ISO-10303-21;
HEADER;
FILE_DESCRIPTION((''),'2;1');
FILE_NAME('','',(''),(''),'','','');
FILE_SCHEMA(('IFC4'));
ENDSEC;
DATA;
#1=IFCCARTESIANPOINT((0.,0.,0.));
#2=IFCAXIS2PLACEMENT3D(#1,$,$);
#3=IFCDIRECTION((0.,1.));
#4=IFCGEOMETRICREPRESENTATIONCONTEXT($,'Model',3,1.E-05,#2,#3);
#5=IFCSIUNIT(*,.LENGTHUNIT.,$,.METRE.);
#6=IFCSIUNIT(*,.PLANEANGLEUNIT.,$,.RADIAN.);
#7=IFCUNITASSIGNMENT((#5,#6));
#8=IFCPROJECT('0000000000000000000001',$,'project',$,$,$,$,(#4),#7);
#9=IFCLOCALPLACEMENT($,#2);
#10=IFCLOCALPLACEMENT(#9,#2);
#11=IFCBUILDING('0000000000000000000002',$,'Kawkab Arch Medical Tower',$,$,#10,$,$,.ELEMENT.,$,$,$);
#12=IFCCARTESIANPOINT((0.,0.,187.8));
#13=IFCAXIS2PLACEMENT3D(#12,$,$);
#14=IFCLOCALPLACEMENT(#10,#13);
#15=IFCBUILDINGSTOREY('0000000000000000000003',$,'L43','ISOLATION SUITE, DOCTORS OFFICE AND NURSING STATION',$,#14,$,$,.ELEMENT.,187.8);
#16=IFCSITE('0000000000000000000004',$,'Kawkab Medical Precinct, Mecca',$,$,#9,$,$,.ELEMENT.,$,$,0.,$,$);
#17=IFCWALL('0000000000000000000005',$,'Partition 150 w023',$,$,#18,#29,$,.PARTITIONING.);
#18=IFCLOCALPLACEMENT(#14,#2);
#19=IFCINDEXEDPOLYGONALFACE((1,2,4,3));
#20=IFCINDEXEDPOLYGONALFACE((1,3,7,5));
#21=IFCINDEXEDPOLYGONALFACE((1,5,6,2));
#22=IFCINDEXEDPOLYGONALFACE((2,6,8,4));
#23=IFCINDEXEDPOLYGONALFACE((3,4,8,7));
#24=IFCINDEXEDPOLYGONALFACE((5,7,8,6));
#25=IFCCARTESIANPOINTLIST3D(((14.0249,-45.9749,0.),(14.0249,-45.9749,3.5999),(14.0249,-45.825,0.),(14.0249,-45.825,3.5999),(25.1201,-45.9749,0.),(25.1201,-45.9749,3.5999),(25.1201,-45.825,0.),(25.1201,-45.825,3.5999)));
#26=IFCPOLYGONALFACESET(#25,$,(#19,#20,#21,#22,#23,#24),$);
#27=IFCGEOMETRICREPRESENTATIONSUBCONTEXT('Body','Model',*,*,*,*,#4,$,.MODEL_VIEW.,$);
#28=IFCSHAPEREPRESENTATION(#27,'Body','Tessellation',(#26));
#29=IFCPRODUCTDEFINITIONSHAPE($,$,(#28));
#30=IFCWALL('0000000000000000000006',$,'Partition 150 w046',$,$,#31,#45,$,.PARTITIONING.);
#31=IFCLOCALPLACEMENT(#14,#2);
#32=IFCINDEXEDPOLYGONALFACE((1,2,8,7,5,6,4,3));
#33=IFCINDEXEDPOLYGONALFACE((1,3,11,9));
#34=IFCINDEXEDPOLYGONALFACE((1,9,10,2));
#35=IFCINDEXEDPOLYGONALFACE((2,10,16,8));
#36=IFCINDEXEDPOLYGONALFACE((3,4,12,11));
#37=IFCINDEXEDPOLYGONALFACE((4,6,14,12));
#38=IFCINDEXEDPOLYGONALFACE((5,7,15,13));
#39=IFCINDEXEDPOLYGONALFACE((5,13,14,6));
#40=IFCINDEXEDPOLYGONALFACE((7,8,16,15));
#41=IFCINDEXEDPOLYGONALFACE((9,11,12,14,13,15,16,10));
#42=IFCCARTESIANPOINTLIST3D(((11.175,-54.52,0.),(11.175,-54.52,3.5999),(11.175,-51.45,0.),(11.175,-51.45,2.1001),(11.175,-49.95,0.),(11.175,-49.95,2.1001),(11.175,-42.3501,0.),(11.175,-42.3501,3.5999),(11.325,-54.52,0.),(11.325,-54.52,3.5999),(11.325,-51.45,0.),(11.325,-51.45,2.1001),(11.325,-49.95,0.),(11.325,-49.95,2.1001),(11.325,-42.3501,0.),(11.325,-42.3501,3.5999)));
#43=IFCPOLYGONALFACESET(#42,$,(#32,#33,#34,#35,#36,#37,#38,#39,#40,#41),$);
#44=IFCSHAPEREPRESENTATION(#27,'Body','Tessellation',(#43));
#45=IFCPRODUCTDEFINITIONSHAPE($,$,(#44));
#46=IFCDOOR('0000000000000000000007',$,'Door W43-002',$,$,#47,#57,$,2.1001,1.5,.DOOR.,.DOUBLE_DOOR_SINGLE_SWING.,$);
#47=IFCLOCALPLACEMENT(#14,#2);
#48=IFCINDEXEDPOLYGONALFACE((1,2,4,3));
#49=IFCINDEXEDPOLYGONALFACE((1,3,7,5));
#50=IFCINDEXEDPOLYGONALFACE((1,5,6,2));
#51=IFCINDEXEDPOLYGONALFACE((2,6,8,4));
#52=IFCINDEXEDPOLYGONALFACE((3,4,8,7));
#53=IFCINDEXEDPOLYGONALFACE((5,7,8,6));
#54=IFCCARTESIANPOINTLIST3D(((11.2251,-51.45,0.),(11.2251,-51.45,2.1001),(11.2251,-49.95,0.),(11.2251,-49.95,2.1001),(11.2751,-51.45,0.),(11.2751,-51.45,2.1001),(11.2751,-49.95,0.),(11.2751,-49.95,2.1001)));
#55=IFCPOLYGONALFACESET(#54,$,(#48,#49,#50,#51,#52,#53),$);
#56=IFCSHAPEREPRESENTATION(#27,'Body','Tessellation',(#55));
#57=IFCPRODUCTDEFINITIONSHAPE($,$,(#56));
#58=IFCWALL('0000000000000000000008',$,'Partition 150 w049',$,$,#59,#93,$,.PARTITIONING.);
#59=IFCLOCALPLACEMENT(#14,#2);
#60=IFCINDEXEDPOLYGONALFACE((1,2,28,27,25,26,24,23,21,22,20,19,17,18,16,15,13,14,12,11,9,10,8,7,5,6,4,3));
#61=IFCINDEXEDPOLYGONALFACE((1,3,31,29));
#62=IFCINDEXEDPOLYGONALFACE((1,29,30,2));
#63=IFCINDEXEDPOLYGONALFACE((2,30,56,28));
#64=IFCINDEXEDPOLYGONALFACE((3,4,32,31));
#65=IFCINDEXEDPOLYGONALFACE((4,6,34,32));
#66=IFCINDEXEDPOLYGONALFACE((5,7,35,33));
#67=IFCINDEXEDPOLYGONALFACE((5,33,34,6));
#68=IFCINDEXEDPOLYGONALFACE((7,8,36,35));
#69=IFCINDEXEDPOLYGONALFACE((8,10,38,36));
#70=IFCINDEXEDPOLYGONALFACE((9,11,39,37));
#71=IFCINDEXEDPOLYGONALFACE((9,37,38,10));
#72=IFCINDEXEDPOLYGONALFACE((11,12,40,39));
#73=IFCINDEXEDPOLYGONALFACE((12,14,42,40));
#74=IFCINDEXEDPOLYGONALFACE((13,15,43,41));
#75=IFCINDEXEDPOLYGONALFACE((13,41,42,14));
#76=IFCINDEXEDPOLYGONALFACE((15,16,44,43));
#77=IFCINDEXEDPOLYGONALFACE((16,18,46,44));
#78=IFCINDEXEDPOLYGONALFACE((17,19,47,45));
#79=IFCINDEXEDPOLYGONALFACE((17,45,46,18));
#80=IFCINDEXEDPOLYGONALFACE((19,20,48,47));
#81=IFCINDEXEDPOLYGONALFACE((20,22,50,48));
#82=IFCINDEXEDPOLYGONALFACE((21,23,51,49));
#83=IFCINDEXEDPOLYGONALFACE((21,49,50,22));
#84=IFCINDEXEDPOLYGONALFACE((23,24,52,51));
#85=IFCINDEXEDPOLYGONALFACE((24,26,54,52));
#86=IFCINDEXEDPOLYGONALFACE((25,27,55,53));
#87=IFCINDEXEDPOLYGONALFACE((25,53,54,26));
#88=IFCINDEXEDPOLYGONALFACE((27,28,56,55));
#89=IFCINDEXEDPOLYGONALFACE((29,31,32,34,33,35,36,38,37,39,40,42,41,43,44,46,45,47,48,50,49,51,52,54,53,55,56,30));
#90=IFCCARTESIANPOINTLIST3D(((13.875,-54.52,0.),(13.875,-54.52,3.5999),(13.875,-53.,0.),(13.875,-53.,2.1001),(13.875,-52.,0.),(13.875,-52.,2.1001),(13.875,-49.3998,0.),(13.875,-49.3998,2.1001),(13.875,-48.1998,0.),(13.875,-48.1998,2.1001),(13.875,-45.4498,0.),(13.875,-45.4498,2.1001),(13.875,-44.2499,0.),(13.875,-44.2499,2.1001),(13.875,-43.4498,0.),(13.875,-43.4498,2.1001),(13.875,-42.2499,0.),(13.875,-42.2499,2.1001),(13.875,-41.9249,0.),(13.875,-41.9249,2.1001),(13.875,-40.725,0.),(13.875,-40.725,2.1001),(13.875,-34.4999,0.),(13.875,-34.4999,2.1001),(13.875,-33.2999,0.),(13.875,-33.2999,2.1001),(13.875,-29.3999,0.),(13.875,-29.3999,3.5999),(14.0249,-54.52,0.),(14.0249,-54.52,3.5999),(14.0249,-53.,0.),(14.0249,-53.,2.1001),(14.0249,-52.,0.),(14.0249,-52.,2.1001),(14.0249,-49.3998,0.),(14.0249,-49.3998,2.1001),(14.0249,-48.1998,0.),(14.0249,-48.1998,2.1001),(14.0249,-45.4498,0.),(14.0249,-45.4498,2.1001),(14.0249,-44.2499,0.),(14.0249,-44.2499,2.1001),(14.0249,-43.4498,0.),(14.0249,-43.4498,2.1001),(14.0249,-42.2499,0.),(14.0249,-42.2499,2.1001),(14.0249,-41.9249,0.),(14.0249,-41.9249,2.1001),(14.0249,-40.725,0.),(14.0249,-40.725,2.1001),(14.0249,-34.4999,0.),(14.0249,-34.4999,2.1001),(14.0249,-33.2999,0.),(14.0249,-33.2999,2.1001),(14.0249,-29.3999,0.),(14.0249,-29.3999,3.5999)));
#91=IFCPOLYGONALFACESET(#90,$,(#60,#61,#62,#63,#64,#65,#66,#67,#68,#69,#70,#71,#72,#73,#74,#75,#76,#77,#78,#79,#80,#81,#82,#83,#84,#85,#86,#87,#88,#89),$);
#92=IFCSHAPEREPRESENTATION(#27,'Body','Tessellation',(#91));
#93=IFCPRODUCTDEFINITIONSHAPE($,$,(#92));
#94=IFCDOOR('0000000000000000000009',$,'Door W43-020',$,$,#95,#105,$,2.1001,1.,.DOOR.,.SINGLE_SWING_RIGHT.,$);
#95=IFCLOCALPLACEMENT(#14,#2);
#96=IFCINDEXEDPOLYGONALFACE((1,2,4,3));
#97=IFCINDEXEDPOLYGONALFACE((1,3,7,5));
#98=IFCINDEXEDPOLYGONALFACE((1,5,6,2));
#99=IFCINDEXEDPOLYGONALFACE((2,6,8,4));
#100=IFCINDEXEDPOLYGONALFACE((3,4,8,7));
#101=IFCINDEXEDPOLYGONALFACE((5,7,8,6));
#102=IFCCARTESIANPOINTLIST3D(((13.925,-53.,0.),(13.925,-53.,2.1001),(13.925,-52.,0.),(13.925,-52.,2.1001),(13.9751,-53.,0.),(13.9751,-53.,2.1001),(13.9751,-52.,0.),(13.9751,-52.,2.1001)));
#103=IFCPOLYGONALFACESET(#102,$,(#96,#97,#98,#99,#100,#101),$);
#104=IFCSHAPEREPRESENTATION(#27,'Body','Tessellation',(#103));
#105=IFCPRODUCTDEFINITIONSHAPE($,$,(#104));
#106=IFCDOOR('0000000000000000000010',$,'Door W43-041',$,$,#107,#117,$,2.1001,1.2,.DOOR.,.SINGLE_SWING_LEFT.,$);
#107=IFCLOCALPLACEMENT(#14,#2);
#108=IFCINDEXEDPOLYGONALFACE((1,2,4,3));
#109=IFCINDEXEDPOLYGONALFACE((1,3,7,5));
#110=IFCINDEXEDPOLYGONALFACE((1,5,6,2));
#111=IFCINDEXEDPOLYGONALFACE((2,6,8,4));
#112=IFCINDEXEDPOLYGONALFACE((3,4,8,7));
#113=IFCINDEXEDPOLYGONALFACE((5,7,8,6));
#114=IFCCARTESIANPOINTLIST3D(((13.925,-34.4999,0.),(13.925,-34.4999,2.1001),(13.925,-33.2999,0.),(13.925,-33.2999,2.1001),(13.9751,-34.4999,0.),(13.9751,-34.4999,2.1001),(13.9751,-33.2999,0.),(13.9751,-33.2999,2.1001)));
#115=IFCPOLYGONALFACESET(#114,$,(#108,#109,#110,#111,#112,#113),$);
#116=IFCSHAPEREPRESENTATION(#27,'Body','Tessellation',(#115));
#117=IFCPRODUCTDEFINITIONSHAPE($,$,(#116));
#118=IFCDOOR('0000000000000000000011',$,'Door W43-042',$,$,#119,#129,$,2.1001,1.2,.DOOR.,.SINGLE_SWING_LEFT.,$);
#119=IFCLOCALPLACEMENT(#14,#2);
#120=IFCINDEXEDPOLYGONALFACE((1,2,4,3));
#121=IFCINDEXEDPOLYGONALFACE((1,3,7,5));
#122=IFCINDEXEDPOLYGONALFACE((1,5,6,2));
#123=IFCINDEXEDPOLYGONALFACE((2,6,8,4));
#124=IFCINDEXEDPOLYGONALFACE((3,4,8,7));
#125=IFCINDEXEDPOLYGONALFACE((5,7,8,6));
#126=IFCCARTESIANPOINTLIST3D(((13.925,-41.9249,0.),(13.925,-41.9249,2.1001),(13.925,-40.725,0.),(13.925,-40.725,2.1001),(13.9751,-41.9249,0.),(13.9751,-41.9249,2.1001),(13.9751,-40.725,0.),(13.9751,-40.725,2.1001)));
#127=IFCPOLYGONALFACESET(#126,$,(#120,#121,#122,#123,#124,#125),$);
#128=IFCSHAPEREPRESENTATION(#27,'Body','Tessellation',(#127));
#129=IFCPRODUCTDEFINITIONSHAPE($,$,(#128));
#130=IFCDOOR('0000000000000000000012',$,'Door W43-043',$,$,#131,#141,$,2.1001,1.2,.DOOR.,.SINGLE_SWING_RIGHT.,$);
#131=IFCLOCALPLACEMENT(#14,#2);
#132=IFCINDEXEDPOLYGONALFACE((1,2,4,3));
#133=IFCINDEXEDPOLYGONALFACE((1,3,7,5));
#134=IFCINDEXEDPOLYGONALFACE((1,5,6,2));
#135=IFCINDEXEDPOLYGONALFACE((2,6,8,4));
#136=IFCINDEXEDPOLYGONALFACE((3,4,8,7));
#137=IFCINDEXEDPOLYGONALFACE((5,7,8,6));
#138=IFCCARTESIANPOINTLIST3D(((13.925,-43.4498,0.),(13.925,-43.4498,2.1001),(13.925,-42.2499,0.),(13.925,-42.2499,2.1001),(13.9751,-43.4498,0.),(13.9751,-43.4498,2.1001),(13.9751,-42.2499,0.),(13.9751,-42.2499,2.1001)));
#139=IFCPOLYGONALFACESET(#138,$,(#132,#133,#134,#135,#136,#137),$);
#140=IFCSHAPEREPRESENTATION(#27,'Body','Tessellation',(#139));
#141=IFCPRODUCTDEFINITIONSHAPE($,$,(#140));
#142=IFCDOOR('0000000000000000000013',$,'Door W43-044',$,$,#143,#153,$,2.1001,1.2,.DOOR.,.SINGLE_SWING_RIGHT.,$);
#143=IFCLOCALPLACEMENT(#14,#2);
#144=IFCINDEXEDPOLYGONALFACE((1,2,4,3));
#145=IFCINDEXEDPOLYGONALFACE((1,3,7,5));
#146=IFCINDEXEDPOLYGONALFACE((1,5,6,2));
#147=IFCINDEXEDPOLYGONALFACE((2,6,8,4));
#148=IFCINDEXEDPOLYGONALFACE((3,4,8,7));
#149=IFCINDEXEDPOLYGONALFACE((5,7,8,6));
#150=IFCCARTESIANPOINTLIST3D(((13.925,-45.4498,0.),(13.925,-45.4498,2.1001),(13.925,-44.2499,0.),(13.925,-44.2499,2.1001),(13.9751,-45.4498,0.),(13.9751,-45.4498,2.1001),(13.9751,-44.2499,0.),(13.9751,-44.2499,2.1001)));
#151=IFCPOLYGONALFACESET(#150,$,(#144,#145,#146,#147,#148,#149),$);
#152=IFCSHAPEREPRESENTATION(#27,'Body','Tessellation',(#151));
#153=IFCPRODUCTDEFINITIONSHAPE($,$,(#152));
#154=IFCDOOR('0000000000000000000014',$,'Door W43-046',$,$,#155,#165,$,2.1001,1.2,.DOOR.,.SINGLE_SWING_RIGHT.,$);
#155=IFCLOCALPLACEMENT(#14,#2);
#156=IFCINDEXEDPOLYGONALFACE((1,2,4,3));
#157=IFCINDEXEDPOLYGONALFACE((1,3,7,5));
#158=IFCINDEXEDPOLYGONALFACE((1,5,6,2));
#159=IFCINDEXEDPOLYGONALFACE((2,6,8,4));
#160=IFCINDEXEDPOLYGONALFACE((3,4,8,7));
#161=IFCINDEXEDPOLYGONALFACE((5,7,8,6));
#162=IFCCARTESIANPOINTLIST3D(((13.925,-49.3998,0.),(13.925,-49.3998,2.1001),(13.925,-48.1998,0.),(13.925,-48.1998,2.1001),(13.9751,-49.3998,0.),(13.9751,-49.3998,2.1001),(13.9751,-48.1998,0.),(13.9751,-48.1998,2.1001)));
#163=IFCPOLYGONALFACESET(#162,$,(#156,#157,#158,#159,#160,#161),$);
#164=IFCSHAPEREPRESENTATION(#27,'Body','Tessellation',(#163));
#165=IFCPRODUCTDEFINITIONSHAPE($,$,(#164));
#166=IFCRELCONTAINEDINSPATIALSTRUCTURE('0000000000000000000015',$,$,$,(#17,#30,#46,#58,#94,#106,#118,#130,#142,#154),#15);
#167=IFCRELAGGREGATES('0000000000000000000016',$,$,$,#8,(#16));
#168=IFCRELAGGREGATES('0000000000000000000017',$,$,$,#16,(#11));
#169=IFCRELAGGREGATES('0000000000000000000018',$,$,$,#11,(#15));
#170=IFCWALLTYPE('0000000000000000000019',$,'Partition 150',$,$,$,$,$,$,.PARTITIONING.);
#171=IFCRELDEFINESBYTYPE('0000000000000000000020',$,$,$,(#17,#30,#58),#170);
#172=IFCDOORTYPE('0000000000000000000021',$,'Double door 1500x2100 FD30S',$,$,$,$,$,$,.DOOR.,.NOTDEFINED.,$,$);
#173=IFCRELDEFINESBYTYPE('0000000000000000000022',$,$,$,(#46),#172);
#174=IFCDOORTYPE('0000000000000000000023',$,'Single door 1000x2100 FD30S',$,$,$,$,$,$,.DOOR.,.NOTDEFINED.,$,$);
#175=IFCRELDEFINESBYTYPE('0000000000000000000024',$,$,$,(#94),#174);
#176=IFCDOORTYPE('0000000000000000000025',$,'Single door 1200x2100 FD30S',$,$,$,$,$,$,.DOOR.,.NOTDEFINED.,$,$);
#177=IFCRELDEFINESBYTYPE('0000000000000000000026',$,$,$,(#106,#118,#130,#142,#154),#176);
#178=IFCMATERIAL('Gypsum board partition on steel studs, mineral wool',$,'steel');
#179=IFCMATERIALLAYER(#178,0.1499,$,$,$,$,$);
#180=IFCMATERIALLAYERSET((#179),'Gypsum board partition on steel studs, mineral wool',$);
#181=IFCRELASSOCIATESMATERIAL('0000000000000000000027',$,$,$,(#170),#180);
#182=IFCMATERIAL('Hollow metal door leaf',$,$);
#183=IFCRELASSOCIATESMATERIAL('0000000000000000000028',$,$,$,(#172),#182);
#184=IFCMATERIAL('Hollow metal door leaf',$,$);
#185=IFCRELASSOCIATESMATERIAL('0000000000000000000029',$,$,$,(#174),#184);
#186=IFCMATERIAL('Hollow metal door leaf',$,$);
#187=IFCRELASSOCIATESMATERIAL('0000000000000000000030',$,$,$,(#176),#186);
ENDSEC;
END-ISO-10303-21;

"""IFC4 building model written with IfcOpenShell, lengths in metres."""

from ifc_helpers import new_model, si_unit, direction, frame, frame_2d, origin, place, context, subcontext, project, spatial, rectangle, extrude, material, layer, layer_set, type_object, element, fill, save


model = new_model("IFC4")

# Units and contexts
model_context = context("Model", 3, precision=1e-05, world=origin(), true_north=direction((0.0, 1.0)))
body_context = subcontext(model_context, "Body", "Model", "MODEL_VIEW")
ifc_project = project(units=[si_unit("LENGTHUNIT", "METRE"), si_unit("PLANEANGLEUNIT", "RADIAN")], contexts=[model_context])

# Site, building, storey
site_placement = place(None, origin())
site = spatial("IfcSite", under=ifc_project, at=site_placement, Name="Kawkab Medical Precinct, Mecca", CompositionType="ELEMENT", RefElevation=0.0)
building_placement = place(site_placement, origin())
building = spatial("IfcBuilding", under=site, at=building_placement, Name="Kawkab Arch Medical Tower", CompositionType="ELEMENT")
storey_placement = place(building_placement, frame((0.0, 0.0, 187.8)))
storey = spatial("IfcBuildingStorey", under=building, at=storey_placement, Name="L43", Description="ISOLATION SUITE, DOCTORS OFFICE AND NURSING STATION", CompositionType="ELEMENT", Elevation=187.8)

# Wall
ifc_material_1 = material(Name="Gypsum board partition on steel studs, mineral wool", Category="steel")
ifc_layer_1 = layer(ifc_material_1, 0.1499)
ifc_layer_set_1 = layer_set([ifc_layer_1], Name="Gypsum board partition on steel studs, mineral wool")
wall_type_1 = type_object("IfcWallType", Name="Partition 150", PredefinedType="PARTITIONING", material=ifc_layer_set_1)
wall_1_placement = place(storey_placement, frame((14.0249, -45.8999, 0.0), z_axis=(0.0, 0.0, 1.0), x_axis=(1.0, 0.0, 0.0)))
element("IfcWall", 1, at=wall_1_placement, inside=storey, type_object=wall_type_1, Name="Partition 150 w023", PredefinedType="PARTITIONING", context=body_context, shape_type="SweptSolid", body=[
    extrude(rectangle(XDim=11.0952, YDim=0.1499, at=frame_2d((5.5476, 0.0))), origin(), (0.0, 0.0, 1.0), 3.5999),
])

# Wall, opening, door
wall_2_placement = place(storey_placement, frame((11.25, -54.52, 0.0), z_axis=(0.0, 0.0, 1.0), x_axis=(0.0, 1.0, 0.0)))
wall_2 = element("IfcWall", 2, at=wall_2_placement, inside=storey, type_object=wall_type_1, Name="Partition 150 w046", PredefinedType="PARTITIONING", context=body_context, shape_type="SweptSolid", body=[
    extrude(rectangle(XDim=12.1699, YDim=0.1499, at=frame_2d((6.085, 0.0))), origin(), (0.0, 0.0, 1.0), 3.5999),
])
opening_1_placement = place(wall_2_placement, frame((3.0701, 0.0, 0.0)))
opening_1 = element("IfcOpeningElement", 3, at=opening_1_placement, cuts=wall_2, PredefinedType="OPENING", context=body_context, shape_type="SweptSolid", body=[
    extrude(rectangle(XDim=1.5, YDim=2.1001, at=frame_2d((0.75, 1.05))), frame((0.0, 0.085, 0.0), z_axis=(0.0, -1.0, 0.0), x_axis=(1.0, 0.0, 0.0)), (0.0, 0.0, 1.0), 0.1699),
])
ifc_material_2 = material(Name="Hollow metal door leaf")
door_type_1 = type_object("IfcDoorType", Name="Double door 1500x2100 FD30S", OperationType="NOTDEFINED", PredefinedType="DOOR", material=ifc_material_2)
door_1_placement = place(opening_1_placement, origin())
door_1 = element("IfcDoor", 4, at=door_1_placement, inside=storey, type_object=door_type_1, Name="Door W43-002", OperationType="DOUBLE_DOOR_SINGLE_SWING", OverallHeight=2.1001, OverallWidth=1.5, PredefinedType="DOOR", context=body_context, shape_type="SweptSolid", body=[
    extrude(rectangle(XDim=1.5, YDim=2.1001, at=frame_2d((0.75, 1.05))), frame((0.0, 0.0249, 0.0), z_axis=(0.0, -1.0, 0.0), x_axis=(1.0, 0.0, 0.0)), (0.0, 0.0, 1.0), 0.05),
])
fill(opening_1, door_1)

# Wall, openings, doors
wall_3_placement = place(storey_placement, frame((13.95, -54.52, 0.0), z_axis=(0.0, 0.0, 1.0), x_axis=(0.0, 1.0, 0.0)))
wall_3 = element("IfcWall", 5, at=wall_3_placement, inside=storey, type_object=wall_type_1, Name="Partition 150 w049", PredefinedType="PARTITIONING", context=body_context, shape_type="SweptSolid", body=[
    extrude(rectangle(XDim=25.1201, YDim=0.1499, at=frame_2d((12.5601, 0.0))), origin(), (0.0, 0.0, 1.0), 3.5999),
])
opening_2_placement = place(wall_3_placement, frame((20.02, 0.0, 0.0)))
opening_2 = element("IfcOpeningElement", 6, at=opening_2_placement, cuts=wall_3, PredefinedType="OPENING", context=body_context, shape_type="SweptSolid", body=[
    extrude(rectangle(XDim=1.2, YDim=2.1001, at=frame_2d((0.6001, 1.05))), frame((0.0, 0.085, 0.0), z_axis=(0.0, -1.0, 0.0), x_axis=(1.0, 0.0, 0.0)), (0.0, 0.0, 1.0), 0.1699),
])
opening_3_placement = place(wall_3_placement, frame((12.595, 0.0, 0.0)))
opening_3 = element("IfcOpeningElement", 7, at=opening_3_placement, cuts=wall_3, PredefinedType="OPENING", context=body_context, shape_type="SweptSolid", body=[
    extrude(rectangle(XDim=1.2, YDim=2.1001, at=frame_2d((0.6001, 1.05))), frame((0.0, 0.085, 0.0), z_axis=(0.0, -1.0, 0.0), x_axis=(1.0, 0.0, 0.0)), (0.0, 0.0, 1.0), 0.1699),
])
opening_4_placement = place(wall_3_placement, frame((11.0701, 0.0, 0.0)))
opening_4 = element("IfcOpeningElement", 8, at=opening_4_placement, cuts=wall_3, PredefinedType="OPENING", context=body_context, shape_type="SweptSolid", body=[
    extrude(rectangle(XDim=1.2, YDim=2.1001, at=frame_2d((0.6001, 1.05))), frame((0.0, 0.085, 0.0), z_axis=(0.0, -1.0, 0.0), x_axis=(1.0, 0.0, 0.0)), (0.0, 0.0, 1.0), 0.1699),
])
opening_5_placement = place(wall_3_placement, frame((9.0701, 0.0, 0.0)))
opening_5 = element("IfcOpeningElement", 9, at=opening_5_placement, cuts=wall_3, PredefinedType="OPENING", context=body_context, shape_type="SweptSolid", body=[
    extrude(rectangle(XDim=1.2, YDim=2.1001, at=frame_2d((0.6001, 1.05))), frame((0.0, 0.085, 0.0), z_axis=(0.0, -1.0, 0.0), x_axis=(1.0, 0.0, 0.0)), (0.0, 0.0, 1.0), 0.1699),
])
opening_6_placement = place(wall_3_placement, frame((5.1201, 0.0, 0.0)))
opening_6 = element("IfcOpeningElement", 10, at=opening_6_placement, cuts=wall_3, PredefinedType="OPENING", context=body_context, shape_type="SweptSolid", body=[
    extrude(rectangle(XDim=1.2, YDim=2.1001, at=frame_2d((0.6001, 1.05))), frame((0.0, 0.085, 0.0), z_axis=(0.0, -1.0, 0.0), x_axis=(1.0, 0.0, 0.0)), (0.0, 0.0, 1.0), 0.1699),
])
opening_7_placement = place(wall_3_placement, frame((1.52, 0.0, 0.0)))
opening_7 = element("IfcOpeningElement", 11, at=opening_7_placement, cuts=wall_3, PredefinedType="OPENING", context=body_context, shape_type="SweptSolid", body=[
    extrude(rectangle(XDim=1.0, YDim=2.1001, at=frame_2d((0.5, 1.05))), frame((0.0, 0.085, 0.0), z_axis=(0.0, -1.0, 0.0), x_axis=(1.0, 0.0, 0.0)), (0.0, 0.0, 1.0), 0.1699),
])
ifc_material_3 = material(Name="Hollow metal door leaf")
door_type_2 = type_object("IfcDoorType", Name="Single door 1000x2100 FD30S", OperationType="NOTDEFINED", PredefinedType="DOOR", material=ifc_material_3)
door_2_placement = place(opening_7_placement, origin())
door_2 = element("IfcDoor", 12, at=door_2_placement, inside=storey, type_object=door_type_2, Name="Door W43-020", OperationType="SINGLE_SWING_RIGHT", OverallHeight=2.1001, OverallWidth=1.0, PredefinedType="DOOR", context=body_context, shape_type="SweptSolid", body=[
    extrude(rectangle(XDim=1.0, YDim=2.1001, at=frame_2d((0.5, 1.05))), frame((0.0, 0.0249, 0.0), z_axis=(0.0, -1.0, 0.0), x_axis=(1.0, 0.0, 0.0)), (0.0, 0.0, 1.0), 0.05),
])
fill(opening_7, door_2)
ifc_material_4 = material(Name="Hollow metal door leaf")
door_type_3 = type_object("IfcDoorType", Name="Single door 1200x2100 FD30S", OperationType="NOTDEFINED", PredefinedType="DOOR", material=ifc_material_4)
door_3_placement = place(opening_2_placement, origin())
door_3 = element("IfcDoor", 13, at=door_3_placement, inside=storey, type_object=door_type_3, Name="Door W43-041", OperationType="SINGLE_SWING_LEFT", OverallHeight=2.1001, OverallWidth=1.2, PredefinedType="DOOR", context=body_context, shape_type="SweptSolid", body=[
    extrude(rectangle(XDim=1.2, YDim=2.1001, at=frame_2d((0.6001, 1.05))), frame((0.0, 0.0249, 0.0), z_axis=(0.0, -1.0, 0.0), x_axis=(1.0, 0.0, 0.0)), (0.0, 0.0, 1.0), 0.05),
])
fill(opening_2, door_3)
door_4_placement = place(opening_3_placement, origin())
door_4 = element("IfcDoor", 14, at=door_4_placement, inside=storey, type_object=door_type_3, Name="Door W43-042", OperationType="SINGLE_SWING_LEFT", OverallHeight=2.1001, OverallWidth=1.2, PredefinedType="DOOR", context=body_context, shape_type="SweptSolid", body=[
    extrude(rectangle(XDim=1.2, YDim=2.1001, at=frame_2d((0.6001, 1.05))), frame((0.0, 0.0249, 0.0), z_axis=(0.0, -1.0, 0.0), x_axis=(1.0, 0.0, 0.0)), (0.0, 0.0, 1.0), 0.05),
])
fill(opening_3, door_4)
door_5_placement = place(opening_4_placement, origin())
door_5 = element("IfcDoor", 15, at=door_5_placement, inside=storey, type_object=door_type_3, Name="Door W43-043", OperationType="SINGLE_SWING_RIGHT", OverallHeight=2.1001, OverallWidth=1.2, PredefinedType="DOOR", context=body_context, shape_type="SweptSolid", body=[
    extrude(rectangle(XDim=1.2, YDim=2.1001, at=frame_2d((0.6001, 1.05))), frame((0.0, 0.0249, 0.0), z_axis=(0.0, -1.0, 0.0), x_axis=(1.0, 0.0, 0.0)), (0.0, 0.0, 1.0), 0.05),
])
fill(opening_4, door_5)
door_6_placement = place(opening_5_placement, origin())
door_6 = element("IfcDoor", 16, at=door_6_placement, inside=storey, type_object=door_type_3, Name="Door W43-044", OperationType="SINGLE_SWING_RIGHT", OverallHeight=2.1001, OverallWidth=1.2, PredefinedType="DOOR", context=body_context, shape_type="SweptSolid", body=[
    extrude(rectangle(XDim=1.2, YDim=2.1001, at=frame_2d((0.6001, 1.05))), frame((0.0, 0.0249, 0.0), z_axis=(0.0, -1.0, 0.0), x_axis=(1.0, 0.0, 0.0)), (0.0, 0.0, 1.0), 0.05),
])
fill(opening_5, door_6)
door_7_placement = place(opening_6_placement, origin())
door_7 = element("IfcDoor", 17, at=door_7_placement, inside=storey, type_object=door_type_3, Name="Door W43-046", OperationType="SINGLE_SWING_RIGHT", OverallHeight=2.1001, OverallWidth=1.2, PredefinedType="DOOR", context=body_context, shape_type="SweptSolid", body=[
    extrude(rectangle(XDim=1.2, YDim=2.1001, at=frame_2d((0.6001, 1.05))), frame((0.0, 0.0249, 0.0), z_axis=(0.0, -1.0, 0.0), x_axis=(1.0, 0.0, 0.0)), (0.0, 0.0, 1.0), 0.05),
])
fill(opening_6, door_7)

save(model, "model.ifc")
